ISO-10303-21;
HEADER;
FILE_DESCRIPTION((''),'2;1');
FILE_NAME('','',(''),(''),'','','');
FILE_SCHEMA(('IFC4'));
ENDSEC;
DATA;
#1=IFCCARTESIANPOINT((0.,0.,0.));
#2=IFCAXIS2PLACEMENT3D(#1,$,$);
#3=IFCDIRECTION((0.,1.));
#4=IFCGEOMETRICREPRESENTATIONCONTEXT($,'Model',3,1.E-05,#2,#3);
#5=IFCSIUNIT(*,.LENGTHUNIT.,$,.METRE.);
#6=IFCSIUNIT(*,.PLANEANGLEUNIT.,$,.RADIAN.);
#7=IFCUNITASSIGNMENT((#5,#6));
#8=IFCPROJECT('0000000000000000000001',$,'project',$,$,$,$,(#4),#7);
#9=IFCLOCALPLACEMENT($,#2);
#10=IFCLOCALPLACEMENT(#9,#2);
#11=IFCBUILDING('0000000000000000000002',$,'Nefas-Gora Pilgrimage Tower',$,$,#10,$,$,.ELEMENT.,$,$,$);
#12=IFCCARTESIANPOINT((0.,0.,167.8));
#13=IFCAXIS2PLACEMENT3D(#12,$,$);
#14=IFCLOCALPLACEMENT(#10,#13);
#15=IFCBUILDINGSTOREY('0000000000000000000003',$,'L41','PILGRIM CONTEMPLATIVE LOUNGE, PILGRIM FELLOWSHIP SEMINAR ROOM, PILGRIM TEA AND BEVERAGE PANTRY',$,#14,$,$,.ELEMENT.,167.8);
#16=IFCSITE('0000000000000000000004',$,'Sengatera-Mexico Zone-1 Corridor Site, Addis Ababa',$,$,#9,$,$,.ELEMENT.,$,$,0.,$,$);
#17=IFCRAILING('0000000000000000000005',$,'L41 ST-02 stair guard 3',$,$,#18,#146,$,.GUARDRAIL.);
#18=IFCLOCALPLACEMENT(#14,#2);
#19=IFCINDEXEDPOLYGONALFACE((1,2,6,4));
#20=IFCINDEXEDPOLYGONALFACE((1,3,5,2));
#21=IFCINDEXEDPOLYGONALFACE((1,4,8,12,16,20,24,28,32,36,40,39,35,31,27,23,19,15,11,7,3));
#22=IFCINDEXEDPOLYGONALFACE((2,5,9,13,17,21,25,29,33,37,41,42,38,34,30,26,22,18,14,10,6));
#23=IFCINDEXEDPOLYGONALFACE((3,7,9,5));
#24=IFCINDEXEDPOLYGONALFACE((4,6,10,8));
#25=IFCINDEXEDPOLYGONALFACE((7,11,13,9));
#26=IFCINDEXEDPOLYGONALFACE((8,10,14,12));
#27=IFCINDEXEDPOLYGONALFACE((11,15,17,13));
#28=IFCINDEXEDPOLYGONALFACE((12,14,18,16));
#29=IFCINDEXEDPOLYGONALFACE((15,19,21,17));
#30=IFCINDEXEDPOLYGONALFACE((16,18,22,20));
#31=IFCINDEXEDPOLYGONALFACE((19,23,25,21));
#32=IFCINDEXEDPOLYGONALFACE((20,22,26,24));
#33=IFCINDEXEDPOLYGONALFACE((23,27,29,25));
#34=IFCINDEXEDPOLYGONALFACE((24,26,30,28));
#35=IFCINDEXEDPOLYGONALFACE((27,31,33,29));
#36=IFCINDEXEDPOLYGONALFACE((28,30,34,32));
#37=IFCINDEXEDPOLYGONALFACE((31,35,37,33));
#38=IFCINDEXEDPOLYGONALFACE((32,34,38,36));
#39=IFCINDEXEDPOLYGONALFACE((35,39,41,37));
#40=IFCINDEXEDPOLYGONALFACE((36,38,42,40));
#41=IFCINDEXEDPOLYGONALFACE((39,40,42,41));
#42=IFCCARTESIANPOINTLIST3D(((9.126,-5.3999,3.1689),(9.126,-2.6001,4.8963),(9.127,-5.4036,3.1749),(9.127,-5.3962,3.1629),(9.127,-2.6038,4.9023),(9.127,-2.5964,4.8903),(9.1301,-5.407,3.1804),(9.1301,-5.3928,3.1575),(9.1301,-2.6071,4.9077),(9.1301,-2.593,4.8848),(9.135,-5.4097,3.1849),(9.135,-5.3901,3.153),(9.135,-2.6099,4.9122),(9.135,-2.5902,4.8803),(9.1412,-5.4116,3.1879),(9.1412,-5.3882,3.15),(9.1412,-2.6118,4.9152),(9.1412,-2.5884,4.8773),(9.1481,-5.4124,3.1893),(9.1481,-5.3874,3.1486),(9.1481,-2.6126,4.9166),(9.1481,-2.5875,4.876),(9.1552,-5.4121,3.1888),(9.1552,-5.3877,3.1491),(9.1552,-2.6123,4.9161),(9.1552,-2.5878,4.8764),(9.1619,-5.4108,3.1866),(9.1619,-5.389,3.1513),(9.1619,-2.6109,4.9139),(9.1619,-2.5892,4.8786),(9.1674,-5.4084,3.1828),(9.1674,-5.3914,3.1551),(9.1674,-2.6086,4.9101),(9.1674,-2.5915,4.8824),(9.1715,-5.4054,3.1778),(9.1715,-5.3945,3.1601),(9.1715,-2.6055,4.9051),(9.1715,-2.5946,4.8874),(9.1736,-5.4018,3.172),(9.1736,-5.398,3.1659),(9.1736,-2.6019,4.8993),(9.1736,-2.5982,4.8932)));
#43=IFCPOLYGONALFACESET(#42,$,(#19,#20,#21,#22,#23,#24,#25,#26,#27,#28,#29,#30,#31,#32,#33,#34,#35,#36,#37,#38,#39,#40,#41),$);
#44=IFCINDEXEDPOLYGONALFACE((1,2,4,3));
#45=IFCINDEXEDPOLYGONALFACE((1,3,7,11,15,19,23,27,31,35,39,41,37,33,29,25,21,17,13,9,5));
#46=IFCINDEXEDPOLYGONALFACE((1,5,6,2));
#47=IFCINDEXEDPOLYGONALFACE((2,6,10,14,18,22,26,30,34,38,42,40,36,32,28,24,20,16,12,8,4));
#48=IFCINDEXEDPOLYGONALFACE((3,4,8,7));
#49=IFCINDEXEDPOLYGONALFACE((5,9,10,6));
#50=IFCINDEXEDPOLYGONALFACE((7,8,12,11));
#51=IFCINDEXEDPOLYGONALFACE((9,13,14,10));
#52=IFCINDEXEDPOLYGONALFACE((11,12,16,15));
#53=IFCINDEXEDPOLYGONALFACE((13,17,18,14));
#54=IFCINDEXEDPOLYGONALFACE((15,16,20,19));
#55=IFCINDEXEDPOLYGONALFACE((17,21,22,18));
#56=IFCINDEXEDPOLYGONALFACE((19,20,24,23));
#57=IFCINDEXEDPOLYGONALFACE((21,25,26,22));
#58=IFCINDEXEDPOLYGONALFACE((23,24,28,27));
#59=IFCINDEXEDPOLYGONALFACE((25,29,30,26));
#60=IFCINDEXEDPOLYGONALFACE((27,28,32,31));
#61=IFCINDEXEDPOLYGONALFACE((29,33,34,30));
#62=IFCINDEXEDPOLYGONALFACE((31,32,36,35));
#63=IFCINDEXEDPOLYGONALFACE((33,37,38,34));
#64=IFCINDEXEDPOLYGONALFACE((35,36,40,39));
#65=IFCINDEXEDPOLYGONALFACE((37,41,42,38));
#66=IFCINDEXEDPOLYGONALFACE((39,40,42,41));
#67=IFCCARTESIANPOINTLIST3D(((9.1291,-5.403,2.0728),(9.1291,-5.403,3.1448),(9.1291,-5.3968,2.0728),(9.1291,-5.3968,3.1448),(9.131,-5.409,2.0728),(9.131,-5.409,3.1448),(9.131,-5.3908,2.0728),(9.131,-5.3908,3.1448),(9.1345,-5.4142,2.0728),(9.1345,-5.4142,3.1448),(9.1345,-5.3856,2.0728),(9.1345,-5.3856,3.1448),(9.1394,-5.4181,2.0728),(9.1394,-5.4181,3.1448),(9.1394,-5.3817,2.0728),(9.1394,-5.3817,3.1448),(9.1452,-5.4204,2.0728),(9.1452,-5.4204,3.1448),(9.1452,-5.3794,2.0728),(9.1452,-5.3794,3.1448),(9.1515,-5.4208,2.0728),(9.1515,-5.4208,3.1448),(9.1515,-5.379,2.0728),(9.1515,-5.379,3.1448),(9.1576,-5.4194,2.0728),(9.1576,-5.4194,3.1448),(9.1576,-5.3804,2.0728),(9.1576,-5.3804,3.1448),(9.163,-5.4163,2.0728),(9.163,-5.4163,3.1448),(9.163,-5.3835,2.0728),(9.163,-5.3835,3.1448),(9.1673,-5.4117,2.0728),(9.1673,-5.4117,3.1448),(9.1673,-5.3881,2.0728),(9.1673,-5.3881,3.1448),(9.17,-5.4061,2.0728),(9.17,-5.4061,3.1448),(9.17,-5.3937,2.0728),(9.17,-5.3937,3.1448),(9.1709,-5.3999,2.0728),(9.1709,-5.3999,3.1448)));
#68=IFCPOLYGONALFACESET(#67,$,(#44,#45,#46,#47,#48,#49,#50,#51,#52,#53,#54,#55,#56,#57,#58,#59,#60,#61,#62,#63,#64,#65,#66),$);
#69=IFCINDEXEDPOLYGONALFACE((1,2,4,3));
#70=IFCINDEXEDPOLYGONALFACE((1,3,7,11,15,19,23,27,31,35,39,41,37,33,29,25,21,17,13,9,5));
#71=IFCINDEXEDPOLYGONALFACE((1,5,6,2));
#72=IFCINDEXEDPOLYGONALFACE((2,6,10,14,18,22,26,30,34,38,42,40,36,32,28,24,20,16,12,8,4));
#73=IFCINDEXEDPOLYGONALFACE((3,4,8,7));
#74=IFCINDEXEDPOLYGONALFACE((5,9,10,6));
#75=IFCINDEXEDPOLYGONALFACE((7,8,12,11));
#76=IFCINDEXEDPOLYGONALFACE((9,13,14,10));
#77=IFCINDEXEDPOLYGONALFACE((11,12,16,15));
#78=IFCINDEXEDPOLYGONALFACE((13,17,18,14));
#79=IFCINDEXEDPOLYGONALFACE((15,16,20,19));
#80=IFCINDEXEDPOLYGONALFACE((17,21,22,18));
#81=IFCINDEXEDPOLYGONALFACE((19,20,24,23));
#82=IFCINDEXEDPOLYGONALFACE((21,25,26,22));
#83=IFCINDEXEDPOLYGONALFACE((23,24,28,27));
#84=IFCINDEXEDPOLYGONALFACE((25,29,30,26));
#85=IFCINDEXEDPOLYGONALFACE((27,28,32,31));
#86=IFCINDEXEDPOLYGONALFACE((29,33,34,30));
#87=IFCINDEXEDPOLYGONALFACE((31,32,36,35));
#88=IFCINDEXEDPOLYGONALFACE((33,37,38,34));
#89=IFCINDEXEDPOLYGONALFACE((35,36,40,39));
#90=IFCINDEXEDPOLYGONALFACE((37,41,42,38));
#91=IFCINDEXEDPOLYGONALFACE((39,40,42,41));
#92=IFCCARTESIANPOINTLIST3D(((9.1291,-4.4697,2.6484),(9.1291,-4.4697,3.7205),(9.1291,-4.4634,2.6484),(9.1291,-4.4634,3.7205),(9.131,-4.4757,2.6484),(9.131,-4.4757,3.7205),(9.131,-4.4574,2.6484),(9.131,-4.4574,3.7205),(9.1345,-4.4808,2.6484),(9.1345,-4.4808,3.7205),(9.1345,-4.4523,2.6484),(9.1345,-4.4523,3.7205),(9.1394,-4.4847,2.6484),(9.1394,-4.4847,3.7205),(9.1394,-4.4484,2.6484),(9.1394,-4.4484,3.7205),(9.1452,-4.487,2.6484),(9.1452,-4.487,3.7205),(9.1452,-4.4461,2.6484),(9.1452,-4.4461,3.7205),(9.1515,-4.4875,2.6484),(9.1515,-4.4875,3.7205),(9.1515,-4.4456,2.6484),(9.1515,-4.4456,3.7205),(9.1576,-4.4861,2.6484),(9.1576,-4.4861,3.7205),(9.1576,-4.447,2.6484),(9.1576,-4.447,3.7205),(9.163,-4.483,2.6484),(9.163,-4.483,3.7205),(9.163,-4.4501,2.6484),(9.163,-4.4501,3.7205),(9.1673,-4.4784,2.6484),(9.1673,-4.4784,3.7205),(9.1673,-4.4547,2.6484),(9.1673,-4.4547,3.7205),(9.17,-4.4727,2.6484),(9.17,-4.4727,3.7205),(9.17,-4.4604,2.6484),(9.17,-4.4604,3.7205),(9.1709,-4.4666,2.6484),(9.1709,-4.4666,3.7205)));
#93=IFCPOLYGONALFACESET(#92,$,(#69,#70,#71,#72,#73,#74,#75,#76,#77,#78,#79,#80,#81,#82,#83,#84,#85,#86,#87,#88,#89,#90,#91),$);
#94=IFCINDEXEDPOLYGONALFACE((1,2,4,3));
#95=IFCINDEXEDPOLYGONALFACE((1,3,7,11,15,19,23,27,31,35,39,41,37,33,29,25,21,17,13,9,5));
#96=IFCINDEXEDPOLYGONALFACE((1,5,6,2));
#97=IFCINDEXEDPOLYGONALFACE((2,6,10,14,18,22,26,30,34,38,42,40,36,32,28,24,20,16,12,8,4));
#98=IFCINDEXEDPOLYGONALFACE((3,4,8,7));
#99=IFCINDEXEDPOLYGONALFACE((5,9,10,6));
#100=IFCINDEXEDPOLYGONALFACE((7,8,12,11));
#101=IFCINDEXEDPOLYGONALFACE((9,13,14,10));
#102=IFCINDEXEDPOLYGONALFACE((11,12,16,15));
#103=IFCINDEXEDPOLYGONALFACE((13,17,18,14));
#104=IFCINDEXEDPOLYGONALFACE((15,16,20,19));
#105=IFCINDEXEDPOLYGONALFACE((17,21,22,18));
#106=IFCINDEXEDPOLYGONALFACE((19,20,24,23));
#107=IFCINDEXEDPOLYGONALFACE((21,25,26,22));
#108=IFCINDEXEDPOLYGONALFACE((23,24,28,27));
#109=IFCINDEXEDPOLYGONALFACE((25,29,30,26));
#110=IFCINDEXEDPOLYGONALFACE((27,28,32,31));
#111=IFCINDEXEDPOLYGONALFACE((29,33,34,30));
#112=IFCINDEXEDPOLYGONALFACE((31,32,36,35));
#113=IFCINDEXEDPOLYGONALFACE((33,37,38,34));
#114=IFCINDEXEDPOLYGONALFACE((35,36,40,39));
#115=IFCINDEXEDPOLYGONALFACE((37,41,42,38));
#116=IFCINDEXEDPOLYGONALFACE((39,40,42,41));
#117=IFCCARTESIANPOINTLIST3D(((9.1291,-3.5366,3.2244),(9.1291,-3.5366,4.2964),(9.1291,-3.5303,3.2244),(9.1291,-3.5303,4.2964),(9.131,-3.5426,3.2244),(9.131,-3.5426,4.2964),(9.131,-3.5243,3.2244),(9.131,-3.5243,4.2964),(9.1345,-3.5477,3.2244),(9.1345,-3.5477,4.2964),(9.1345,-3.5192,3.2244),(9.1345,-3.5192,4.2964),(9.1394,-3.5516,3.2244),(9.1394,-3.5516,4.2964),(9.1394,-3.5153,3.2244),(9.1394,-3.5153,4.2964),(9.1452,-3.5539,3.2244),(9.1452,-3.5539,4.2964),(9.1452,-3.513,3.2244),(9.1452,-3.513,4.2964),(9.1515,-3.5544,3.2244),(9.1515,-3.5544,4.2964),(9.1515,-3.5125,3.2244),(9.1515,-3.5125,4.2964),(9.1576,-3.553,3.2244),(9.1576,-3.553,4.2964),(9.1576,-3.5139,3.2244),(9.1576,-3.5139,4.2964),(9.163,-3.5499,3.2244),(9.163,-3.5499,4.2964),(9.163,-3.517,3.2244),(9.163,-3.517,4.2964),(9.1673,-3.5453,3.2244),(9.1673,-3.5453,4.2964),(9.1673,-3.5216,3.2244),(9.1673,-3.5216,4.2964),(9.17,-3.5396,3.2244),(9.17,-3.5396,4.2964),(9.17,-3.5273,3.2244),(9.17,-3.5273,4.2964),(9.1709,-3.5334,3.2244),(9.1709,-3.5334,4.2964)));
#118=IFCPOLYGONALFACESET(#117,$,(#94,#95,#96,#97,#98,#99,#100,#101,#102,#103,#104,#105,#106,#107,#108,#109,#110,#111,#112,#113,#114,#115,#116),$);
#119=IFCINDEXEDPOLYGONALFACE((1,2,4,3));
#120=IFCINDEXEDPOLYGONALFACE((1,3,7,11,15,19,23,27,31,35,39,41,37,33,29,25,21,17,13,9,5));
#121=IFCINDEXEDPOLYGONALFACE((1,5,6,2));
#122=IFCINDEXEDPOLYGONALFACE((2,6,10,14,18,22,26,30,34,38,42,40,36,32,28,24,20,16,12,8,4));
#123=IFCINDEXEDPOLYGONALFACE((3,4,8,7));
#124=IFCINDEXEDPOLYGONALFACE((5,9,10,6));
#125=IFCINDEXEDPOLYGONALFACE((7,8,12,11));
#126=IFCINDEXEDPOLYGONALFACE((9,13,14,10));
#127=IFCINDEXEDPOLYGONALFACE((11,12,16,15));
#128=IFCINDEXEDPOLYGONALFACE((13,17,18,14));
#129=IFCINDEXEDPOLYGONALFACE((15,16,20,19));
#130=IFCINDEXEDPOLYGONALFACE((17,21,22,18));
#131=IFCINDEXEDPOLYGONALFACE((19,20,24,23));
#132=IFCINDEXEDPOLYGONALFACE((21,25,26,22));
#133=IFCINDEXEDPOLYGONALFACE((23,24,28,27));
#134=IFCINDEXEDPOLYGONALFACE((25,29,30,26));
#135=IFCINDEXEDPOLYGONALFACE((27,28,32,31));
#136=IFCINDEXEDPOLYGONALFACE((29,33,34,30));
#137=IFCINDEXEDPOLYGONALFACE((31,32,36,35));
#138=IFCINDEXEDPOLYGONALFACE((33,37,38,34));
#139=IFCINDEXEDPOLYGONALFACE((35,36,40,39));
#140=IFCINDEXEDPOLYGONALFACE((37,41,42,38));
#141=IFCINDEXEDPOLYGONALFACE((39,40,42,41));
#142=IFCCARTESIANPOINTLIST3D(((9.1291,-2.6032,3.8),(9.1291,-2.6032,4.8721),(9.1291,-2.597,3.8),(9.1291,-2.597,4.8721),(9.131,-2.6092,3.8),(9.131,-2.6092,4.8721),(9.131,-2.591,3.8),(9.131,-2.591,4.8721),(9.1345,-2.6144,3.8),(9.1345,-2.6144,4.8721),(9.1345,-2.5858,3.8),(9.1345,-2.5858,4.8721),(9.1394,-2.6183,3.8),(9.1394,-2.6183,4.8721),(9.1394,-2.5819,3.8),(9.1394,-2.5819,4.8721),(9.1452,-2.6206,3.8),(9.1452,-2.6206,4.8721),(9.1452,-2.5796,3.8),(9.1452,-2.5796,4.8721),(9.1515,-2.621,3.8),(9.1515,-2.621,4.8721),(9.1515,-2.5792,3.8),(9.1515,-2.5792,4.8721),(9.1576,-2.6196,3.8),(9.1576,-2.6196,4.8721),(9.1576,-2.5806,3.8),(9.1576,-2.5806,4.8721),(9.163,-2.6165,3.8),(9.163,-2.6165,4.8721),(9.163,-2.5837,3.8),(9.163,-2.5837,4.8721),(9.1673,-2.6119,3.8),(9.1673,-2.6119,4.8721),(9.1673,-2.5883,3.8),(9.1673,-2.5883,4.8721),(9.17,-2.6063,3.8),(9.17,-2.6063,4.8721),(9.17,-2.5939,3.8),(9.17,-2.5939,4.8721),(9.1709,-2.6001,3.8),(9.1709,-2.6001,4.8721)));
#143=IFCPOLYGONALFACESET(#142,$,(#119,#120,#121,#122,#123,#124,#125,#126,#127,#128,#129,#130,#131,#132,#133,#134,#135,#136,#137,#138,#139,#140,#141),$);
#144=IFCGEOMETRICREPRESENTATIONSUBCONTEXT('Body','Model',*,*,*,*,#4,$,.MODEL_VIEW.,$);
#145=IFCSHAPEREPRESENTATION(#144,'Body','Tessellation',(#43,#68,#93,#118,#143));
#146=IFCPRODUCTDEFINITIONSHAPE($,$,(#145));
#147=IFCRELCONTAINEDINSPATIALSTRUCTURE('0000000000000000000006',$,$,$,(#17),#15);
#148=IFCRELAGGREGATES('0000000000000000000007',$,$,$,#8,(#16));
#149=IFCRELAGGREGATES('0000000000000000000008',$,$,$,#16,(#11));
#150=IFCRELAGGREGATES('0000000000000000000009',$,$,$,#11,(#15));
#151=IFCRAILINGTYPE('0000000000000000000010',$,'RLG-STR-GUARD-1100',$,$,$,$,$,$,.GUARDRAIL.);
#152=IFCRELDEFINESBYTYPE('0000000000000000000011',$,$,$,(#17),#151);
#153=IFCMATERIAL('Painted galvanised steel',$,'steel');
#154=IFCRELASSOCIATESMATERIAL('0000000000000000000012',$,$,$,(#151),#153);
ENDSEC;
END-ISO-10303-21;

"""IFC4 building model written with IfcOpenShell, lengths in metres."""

from ifc_helpers import new_model, si_unit, direction, frame, origin, origin_2d, place, context, subcontext, project, spatial, circle, extrude, material, type_object, element, save


model = new_model("IFC4")

# Units and contexts
model_context = context("Model", 3, precision=1e-05, world=origin(), true_north=direction((0.0, 1.0)))
body_context = subcontext(model_context, "Body", "Model", "MODEL_VIEW")
ifc_project = project(units=[si_unit("LENGTHUNIT", "METRE"), si_unit("PLANEANGLEUNIT", "RADIAN")], contexts=[model_context])

# Site, building, storey
site_placement = place(None, origin())
site = spatial("IfcSite", under=ifc_project, at=site_placement, Name="Sengatera-Mexico Zone-1 Corridor Site, Addis Ababa", CompositionType="ELEMENT", RefElevation=0.0)
building_placement = place(site_placement, origin())
building = spatial("IfcBuilding", under=site, at=building_placement, Name="Nefas-Gora Pilgrimage Tower", CompositionType="ELEMENT")
storey_placement = place(building_placement, frame((0.0, 0.0, 167.8)))
storey = spatial("IfcBuildingStorey", under=building, at=storey_placement, Name="L41", Description="PILGRIM CONTEMPLATIVE LOUNGE, PILGRIM FELLOWSHIP SEMINAR ROOM, PILGRIM TEA AND BEVERAGE PANTRY", CompositionType="ELEMENT", Elevation=167.8)

# Railing
ifc_material_1 = material(Name="Painted galvanised steel", Category="steel")
railing_type_1 = type_object("IfcRailingType", Name="RLG-STR-GUARD-1100", PredefinedType="GUARDRAIL", material=ifc_material_1)
railing_1_placement = place(storey_placement, frame((9.1499, -5.3999, 2.0728)))
element("IfcRailing", 1, at=railing_1_placement, inside=storey, type_object=railing_type_1, Name="L41 ST-02 stair guard 3", PredefinedType="GUARDRAIL", context=body_context, shape_type="SweptSolid", body=[
    extrude(circle(Radius=0.0239, at=origin_2d()), frame((0.0, 0.0, 1.0962), z_axis=(0.0, 0.851069, 0.525054), x_axis=(-1.0, 0.0, 0.0)), (0.0, 0.0, 1.0), 3.2898),
    extrude(circle(Radius=0.021, at=origin_2d()), origin(), (0.0, 0.0, 1.0), 1.072),
    extrude(circle(Radius=0.021, at=origin_2d()), frame((0.0, 0.9333, 0.5757)), (0.0, 0.0, 1.0), 1.072),
    extrude(circle(Radius=0.021, at=origin_2d()), frame((0.0, 1.8665, 1.1516)), (0.0, 0.0, 1.0), 1.072),
    extrude(circle(Radius=0.021, at=origin_2d()), frame((0.0, 2.7998, 1.7273)), (0.0, 0.0, 1.0), 1.072),
])

save(model, "model.ifc")
